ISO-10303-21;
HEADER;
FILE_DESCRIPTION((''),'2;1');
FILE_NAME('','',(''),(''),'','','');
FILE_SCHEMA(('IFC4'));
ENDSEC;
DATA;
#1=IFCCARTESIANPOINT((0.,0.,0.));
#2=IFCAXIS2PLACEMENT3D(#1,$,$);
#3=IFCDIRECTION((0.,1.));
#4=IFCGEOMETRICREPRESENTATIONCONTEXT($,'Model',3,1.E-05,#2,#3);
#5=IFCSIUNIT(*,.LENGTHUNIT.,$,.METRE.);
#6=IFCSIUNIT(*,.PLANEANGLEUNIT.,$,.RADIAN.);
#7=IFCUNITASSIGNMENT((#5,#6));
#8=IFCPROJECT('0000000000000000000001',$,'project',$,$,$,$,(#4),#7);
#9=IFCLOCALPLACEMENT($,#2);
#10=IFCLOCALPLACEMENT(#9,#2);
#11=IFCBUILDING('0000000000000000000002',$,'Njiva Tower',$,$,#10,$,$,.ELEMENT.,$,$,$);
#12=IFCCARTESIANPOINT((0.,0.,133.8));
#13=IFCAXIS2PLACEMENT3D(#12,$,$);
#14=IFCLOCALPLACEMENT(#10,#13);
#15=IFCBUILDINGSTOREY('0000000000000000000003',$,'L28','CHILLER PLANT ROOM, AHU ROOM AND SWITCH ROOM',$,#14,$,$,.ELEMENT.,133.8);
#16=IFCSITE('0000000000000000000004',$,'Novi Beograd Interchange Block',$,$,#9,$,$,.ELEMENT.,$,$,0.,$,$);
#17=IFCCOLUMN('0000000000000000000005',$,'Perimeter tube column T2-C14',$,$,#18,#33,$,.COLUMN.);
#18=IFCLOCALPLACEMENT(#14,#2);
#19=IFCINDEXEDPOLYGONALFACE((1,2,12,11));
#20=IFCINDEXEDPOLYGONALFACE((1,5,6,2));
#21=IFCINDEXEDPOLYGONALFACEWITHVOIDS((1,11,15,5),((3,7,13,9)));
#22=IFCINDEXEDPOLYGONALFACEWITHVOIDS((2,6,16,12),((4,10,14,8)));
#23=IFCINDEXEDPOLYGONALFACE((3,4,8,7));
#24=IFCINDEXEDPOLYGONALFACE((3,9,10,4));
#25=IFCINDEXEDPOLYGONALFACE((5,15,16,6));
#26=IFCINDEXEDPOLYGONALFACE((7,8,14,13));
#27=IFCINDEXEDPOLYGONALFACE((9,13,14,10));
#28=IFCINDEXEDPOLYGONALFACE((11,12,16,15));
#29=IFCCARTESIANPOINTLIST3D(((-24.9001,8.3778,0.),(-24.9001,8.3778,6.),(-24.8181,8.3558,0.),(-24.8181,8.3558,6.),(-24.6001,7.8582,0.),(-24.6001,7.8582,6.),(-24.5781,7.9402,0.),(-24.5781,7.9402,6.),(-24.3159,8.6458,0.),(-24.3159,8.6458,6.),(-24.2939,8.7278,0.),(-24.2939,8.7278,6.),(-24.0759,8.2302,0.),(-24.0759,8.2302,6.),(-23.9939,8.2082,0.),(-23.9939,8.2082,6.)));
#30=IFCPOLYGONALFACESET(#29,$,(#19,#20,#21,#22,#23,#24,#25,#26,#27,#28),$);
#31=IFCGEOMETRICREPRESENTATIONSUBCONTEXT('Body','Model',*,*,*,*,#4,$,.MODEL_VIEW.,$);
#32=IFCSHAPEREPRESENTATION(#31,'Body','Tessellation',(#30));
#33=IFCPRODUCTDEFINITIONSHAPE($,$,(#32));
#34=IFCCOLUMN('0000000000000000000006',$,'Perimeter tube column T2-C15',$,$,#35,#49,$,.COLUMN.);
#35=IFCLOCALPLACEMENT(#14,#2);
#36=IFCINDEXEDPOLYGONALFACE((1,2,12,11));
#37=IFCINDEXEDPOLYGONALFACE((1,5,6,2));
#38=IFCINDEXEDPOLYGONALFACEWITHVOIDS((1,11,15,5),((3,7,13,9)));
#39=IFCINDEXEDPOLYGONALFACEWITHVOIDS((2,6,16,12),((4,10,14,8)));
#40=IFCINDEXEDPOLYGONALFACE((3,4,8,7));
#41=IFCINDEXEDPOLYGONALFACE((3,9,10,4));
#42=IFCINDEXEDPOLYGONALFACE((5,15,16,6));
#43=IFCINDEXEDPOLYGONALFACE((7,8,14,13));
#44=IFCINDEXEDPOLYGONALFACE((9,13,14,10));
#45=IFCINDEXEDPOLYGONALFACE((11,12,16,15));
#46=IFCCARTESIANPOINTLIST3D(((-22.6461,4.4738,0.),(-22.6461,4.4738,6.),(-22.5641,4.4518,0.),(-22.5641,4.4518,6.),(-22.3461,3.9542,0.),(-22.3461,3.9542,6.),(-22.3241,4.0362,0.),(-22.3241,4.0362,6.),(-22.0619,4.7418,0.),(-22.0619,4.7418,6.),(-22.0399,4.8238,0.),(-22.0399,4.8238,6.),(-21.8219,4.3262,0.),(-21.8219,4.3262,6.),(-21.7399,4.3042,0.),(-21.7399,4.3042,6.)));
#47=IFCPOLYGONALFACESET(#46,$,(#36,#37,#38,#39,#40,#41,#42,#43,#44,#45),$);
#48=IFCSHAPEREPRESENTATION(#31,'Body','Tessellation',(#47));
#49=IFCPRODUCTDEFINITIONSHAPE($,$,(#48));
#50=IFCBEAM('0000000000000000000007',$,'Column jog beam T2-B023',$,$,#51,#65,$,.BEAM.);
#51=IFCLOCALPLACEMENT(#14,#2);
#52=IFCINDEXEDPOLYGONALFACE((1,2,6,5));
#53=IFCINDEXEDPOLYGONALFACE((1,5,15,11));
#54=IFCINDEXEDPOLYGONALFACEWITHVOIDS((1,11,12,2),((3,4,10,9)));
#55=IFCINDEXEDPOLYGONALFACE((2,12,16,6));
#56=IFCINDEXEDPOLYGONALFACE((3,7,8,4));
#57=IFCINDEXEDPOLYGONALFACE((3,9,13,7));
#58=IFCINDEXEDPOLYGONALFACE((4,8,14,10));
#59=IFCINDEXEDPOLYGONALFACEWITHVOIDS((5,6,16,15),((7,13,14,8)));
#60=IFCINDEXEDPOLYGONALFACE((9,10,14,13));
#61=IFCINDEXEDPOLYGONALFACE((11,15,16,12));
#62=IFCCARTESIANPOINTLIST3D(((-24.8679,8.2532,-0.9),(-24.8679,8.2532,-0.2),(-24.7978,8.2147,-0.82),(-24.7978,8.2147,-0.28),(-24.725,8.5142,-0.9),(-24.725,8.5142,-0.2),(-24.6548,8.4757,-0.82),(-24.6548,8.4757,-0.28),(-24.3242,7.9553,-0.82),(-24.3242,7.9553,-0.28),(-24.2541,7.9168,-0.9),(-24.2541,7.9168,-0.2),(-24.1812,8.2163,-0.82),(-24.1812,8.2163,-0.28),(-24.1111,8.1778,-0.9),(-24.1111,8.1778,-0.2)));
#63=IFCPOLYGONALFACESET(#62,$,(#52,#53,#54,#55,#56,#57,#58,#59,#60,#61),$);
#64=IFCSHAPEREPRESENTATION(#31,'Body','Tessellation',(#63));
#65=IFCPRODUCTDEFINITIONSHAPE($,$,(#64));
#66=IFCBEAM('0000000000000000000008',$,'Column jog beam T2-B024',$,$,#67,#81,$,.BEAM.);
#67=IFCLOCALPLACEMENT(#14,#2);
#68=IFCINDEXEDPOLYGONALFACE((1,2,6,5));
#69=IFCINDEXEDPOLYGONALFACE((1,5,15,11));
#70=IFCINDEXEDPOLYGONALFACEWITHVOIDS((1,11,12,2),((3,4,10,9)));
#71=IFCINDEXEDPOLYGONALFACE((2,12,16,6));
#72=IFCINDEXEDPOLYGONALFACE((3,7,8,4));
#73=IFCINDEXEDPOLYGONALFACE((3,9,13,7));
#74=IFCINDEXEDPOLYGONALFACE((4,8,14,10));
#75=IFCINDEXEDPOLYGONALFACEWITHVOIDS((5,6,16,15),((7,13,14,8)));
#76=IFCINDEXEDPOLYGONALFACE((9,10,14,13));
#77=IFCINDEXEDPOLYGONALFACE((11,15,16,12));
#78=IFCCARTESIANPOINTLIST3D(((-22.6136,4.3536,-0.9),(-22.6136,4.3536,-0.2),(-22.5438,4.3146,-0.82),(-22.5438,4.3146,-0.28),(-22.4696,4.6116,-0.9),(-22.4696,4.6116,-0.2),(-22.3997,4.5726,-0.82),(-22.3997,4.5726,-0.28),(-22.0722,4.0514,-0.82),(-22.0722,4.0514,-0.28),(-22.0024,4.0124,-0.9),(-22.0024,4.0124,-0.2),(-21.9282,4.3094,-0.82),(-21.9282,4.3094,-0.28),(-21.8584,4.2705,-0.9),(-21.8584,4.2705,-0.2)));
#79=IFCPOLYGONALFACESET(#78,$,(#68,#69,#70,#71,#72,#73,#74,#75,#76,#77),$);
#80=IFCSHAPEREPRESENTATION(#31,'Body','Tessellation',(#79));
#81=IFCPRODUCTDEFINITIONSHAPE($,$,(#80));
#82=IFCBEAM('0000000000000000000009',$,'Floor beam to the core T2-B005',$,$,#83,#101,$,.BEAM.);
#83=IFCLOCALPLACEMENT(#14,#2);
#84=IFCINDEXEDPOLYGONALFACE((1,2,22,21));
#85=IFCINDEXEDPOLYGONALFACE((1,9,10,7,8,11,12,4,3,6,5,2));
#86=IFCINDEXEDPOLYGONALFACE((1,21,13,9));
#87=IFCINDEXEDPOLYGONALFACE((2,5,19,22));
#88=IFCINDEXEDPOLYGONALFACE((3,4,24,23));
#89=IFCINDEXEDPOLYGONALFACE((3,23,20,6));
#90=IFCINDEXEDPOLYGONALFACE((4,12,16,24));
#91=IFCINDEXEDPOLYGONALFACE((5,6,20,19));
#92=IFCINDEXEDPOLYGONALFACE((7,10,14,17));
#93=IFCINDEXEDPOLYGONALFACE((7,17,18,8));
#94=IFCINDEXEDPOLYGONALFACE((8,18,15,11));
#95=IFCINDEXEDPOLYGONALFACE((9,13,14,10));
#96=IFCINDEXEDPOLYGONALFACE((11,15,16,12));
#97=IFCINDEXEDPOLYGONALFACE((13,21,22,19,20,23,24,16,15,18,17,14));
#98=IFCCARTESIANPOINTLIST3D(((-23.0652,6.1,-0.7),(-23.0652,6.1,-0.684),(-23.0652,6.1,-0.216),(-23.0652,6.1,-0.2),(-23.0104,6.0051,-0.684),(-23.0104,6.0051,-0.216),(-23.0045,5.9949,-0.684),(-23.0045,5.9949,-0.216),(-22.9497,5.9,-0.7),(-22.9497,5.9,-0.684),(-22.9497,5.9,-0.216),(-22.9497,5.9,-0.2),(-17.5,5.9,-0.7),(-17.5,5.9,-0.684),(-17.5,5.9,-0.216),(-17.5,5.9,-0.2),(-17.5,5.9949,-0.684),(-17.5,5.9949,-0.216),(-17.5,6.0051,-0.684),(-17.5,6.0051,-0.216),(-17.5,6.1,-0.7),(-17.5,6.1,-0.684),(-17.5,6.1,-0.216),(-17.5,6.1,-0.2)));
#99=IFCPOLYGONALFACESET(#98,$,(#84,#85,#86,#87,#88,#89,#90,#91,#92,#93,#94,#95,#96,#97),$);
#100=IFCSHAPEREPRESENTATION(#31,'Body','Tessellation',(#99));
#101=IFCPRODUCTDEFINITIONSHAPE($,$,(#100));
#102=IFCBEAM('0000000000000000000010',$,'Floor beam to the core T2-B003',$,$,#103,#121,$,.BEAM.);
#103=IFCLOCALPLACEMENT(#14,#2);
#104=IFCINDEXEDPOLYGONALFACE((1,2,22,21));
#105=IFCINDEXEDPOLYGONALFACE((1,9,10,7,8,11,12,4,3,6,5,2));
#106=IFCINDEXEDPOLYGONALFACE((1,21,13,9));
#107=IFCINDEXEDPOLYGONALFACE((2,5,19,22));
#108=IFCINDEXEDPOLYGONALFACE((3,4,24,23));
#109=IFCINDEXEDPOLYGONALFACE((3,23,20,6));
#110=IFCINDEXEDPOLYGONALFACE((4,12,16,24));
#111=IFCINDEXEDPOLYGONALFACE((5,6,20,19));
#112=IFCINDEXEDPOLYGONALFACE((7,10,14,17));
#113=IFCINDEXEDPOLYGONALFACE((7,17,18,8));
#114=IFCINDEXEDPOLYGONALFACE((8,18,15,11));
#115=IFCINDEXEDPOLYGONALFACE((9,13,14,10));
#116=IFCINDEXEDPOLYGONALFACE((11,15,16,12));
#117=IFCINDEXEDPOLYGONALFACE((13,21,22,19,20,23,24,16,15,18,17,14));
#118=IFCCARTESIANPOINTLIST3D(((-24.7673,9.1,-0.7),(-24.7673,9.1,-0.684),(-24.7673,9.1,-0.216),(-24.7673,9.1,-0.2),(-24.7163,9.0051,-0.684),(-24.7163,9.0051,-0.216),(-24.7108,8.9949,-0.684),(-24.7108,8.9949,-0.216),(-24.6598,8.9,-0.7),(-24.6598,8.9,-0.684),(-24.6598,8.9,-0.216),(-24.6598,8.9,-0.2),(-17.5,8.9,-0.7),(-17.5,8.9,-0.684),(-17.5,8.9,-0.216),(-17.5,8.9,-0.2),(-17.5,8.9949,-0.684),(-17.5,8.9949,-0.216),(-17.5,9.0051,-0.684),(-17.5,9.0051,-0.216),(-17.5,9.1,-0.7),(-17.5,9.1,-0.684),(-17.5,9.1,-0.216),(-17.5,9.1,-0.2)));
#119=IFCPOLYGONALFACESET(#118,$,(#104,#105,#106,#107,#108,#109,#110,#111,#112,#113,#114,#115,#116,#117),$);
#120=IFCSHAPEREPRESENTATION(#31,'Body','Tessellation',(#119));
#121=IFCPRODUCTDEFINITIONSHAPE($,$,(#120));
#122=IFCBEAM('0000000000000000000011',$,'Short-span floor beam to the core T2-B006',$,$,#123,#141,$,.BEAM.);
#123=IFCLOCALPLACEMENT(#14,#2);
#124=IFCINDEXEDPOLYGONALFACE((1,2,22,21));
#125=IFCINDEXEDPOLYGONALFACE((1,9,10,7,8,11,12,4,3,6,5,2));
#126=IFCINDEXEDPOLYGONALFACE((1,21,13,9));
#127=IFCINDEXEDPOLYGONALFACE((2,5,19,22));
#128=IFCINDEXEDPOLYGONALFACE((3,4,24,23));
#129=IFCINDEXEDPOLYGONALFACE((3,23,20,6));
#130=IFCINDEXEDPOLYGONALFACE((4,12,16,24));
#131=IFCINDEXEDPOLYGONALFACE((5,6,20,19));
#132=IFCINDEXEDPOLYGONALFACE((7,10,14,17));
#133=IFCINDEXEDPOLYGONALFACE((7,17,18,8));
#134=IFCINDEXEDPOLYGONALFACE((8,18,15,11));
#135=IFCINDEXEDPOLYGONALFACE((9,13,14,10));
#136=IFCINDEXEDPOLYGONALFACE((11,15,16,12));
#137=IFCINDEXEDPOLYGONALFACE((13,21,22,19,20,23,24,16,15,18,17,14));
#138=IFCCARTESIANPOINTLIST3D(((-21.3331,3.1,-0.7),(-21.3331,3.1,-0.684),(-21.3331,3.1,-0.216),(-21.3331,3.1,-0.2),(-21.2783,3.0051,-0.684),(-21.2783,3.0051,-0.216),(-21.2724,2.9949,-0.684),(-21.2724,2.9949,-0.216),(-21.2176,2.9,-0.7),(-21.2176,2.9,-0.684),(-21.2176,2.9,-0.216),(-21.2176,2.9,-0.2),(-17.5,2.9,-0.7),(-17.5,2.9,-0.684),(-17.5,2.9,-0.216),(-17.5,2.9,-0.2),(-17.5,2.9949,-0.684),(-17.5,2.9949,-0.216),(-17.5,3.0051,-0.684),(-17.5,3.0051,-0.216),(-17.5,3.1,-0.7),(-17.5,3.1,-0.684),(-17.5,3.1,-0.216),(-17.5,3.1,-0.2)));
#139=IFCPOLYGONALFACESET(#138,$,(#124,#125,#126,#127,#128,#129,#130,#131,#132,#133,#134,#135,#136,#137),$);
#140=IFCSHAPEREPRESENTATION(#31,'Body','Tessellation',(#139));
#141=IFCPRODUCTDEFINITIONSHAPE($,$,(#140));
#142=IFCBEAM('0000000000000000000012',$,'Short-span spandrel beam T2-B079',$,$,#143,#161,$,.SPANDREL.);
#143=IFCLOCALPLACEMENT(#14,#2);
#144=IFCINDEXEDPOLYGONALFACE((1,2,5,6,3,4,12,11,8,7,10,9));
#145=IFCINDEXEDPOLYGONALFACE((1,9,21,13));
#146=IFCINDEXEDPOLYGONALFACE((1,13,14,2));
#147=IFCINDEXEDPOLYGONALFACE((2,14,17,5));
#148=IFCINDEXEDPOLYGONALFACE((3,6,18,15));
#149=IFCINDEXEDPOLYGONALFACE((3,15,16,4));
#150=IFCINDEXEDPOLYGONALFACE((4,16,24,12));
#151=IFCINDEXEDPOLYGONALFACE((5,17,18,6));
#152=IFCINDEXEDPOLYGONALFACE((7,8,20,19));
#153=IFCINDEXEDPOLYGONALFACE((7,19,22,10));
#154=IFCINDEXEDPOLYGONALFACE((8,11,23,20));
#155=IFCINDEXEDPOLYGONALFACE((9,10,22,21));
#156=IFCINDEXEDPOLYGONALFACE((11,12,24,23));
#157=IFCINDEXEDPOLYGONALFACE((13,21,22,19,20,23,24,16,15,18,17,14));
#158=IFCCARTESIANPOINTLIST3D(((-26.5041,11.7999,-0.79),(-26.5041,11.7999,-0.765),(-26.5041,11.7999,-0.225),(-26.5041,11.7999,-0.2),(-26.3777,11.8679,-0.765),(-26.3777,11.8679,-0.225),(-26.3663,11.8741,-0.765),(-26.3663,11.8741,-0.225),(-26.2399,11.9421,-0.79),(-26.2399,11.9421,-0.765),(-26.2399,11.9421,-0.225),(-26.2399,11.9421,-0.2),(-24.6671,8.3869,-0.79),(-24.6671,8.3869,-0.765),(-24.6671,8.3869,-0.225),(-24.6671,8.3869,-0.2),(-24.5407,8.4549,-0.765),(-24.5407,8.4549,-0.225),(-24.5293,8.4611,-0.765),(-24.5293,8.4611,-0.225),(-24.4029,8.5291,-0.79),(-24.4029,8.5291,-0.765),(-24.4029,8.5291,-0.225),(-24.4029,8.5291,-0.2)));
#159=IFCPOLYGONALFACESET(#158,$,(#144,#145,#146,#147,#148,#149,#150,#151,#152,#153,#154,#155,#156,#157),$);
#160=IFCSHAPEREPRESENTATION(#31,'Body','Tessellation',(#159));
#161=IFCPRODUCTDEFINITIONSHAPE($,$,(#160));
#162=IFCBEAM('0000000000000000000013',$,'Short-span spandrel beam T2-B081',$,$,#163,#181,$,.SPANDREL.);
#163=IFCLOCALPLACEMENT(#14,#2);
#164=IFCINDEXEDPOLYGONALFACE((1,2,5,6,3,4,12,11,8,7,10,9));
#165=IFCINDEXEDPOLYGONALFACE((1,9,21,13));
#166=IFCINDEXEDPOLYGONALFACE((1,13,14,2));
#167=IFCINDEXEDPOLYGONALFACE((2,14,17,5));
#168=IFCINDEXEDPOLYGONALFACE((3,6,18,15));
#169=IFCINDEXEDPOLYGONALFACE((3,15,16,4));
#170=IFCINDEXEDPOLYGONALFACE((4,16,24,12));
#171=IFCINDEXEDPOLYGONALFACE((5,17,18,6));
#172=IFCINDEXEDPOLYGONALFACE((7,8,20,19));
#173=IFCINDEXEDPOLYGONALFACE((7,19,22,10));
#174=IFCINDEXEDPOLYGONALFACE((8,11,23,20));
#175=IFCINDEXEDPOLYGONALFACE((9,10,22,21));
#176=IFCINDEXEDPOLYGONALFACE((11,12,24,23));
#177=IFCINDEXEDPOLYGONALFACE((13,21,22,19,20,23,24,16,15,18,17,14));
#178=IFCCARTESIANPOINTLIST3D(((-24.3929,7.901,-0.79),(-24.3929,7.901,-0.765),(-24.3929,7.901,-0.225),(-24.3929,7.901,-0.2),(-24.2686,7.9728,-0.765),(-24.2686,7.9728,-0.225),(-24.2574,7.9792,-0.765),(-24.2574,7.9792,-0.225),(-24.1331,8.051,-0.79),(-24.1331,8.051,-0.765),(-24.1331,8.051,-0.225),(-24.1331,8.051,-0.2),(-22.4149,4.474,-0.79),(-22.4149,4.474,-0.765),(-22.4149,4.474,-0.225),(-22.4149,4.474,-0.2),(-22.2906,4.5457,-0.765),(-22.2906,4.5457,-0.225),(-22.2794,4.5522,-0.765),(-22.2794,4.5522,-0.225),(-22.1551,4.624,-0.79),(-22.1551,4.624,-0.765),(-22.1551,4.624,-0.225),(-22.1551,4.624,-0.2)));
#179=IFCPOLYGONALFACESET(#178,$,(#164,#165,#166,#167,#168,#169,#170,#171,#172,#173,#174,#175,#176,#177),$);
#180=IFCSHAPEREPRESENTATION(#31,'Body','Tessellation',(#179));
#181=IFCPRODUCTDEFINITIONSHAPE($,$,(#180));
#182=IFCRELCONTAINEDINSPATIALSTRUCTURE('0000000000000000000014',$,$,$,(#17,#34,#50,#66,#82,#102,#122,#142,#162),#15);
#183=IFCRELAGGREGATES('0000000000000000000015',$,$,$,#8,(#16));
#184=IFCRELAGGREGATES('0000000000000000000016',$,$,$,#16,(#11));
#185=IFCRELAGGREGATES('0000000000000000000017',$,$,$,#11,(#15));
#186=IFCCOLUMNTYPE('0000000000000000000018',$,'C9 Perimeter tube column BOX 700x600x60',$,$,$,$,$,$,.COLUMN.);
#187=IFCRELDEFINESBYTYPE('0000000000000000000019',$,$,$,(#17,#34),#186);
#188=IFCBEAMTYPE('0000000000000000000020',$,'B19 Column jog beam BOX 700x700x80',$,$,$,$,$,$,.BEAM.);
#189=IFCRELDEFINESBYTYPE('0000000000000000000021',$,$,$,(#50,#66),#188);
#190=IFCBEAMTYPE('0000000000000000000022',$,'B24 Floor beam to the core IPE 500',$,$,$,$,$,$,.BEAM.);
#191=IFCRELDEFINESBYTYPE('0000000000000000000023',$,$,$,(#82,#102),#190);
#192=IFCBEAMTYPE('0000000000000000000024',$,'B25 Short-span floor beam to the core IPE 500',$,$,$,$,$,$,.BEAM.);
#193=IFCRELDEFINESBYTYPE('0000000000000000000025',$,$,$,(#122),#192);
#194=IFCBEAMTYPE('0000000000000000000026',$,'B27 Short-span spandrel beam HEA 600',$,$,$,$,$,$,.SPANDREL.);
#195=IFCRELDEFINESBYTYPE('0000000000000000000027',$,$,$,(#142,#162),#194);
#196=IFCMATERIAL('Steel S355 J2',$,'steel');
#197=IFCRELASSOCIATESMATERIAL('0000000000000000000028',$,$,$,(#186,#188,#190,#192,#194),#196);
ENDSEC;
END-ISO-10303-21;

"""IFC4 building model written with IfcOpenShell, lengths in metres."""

from ifc_helpers import new_model, si_unit, direction, frame, origin, origin_2d, place, context, subcontext, project, spatial, hollow_rectangle, i_section, extrude, clip, halfspace, material, material_profile, profile_set, type_object, element, save


model = new_model("IFC4")

# Units and contexts
model_context = context("Model", 3, precision=1e-05, world=origin(), true_north=direction((0.0, 1.0)))
body_context = subcontext(model_context, "Body", "Model", "MODEL_VIEW")
ifc_project = project(units=[si_unit("LENGTHUNIT", "METRE"), si_unit("PLANEANGLEUNIT", "RADIAN")], contexts=[model_context])

# Site, building, storey
site_placement = place(None, origin())
site = spatial("IfcSite", under=ifc_project, at=site_placement, Name="Novi Beograd Interchange Block", CompositionType="ELEMENT", RefElevation=0.0)
building_placement = place(site_placement, origin())
building = spatial("IfcBuilding", under=site, at=building_placement, Name="Njiva Tower", CompositionType="ELEMENT")
storey_placement = place(building_placement, frame((0.0, 0.0, 133.8)))
storey = spatial("IfcBuildingStorey", under=building, at=storey_placement, Name="L28", Description="CHILLER PLANT ROOM, AHU ROOM AND SWITCH ROOM", CompositionType="ELEMENT", Elevation=133.8)

# Columns
ifc_material_1 = material(Name="Steel S355 J2", Category="steel")
ifc_material_profile_1 = material_profile(ifc_material_1, hollow_rectangle(XDim=0.6, YDim=0.7, WallThickness=0.06, at=origin_2d()), Name="BOX 700x600x60")
ifc_profile_set_1 = profile_set([ifc_material_profile_1], Name="Steel S355 J2")
column_type = type_object("IfcColumnType", Name="C9 Perimeter tube column BOX 700x600x60", PredefinedType="COLUMN", material=ifc_profile_set_1)
for number, where, z_axis, x_axis, name in (
    (1, (-24.447, 8.293, 0.0), (0.0, 0.0, 1.0), (0.5, -0.866025, 0.0), "Perimeter tube column T2-C14"),
    (2, (-22.193, 4.389, 0.0), (0.0, 0.0, 1.0), (0.5, -0.866025, 0.0), "Perimeter tube column T2-C15"),
):
    element("IfcColumn", number, at=place(storey_placement, frame(where, z_axis=z_axis, x_axis=x_axis)), inside=storey, type_object=column_type, Name=name, PredefinedType="COLUMN", context=body_context, shape_type="SweptSolid", body=[
        extrude(hollow_rectangle(XDim=0.6, YDim=0.7, WallThickness=0.06, at=origin_2d()), origin(), (0.0, 0.0, 1.0), 6.0),
    ])

# Beams
ifc_material_profile_2 = material_profile(ifc_material_1, hollow_rectangle(XDim=0.7, YDim=0.7, WallThickness=0.08, at=origin_2d()), Name="BOX 700x700x80")
ifc_profile_set_2 = profile_set([ifc_material_profile_2], Name="Steel S355 J2")
beam_type_1 = type_object("IfcBeamType", Name="B19 Column jog beam BOX 700x700x80", PredefinedType="BEAM", material=ifc_profile_set_2)
beam_1_placement = place(storey_placement, frame((-24.561, 8.085, -0.55), z_axis=(0.480499, 0.876995, 0.0), x_axis=(-0.876995, 0.480499, 0.0)))
element("IfcBeam", 3, at=beam_1_placement, inside=storey, type_object=beam_type_1, Name="Column jog beam T2-B023", PredefinedType="BEAM", context=body_context, shape_type="SweptSolid", body=[
    extrude(hollow_rectangle(XDim=0.7, YDim=0.7, WallThickness=0.08, at=origin_2d()), origin(), (0.0, 0.0, 1.0), 0.2976),
])
beam_2_placement = place(storey_placement, frame((-22.308, 4.183, -0.55), z_axis=(0.487366, 0.873198, 0.0), x_axis=(-0.873198, 0.487366, 0.0)))
element("IfcBeam", 4, at=beam_2_placement, inside=storey, type_object=beam_type_1, Name="Column jog beam T2-B024", PredefinedType="BEAM", context=body_context, shape_type="SweptSolid", body=[
    extrude(hollow_rectangle(XDim=0.7, YDim=0.7, WallThickness=0.08, at=origin_2d()), origin(), (0.0, 0.0, 1.0), 0.2955),
])
ifc_material_profile_3 = material_profile(ifc_material_1, i_section(OverallWidth=0.2, OverallDepth=0.5, WebThickness=0.0102, FlangeThickness=0.016, at=origin_2d()), Name="IPE 500")
ifc_profile_set_3 = profile_set([ifc_material_profile_3], Name="Steel S355 J2")
beam_type_2 = type_object("IfcBeamType", Name="B24 Floor beam to the core IPE 500", PredefinedType="BEAM", material=ifc_profile_set_3)
beam_3_placement = place(storey_placement, frame((-23.085, 6.0, -0.45), z_axis=(1.0, 0.0, 0.0), x_axis=(0.0, 1.0, 0.0)))
element("IfcBeam", 5, at=beam_3_placement, inside=storey, type_object=beam_type_2, Name="Floor beam to the core T2-B005", PredefinedType="BEAM", context=body_context, shape_type="Clipping", body=[
    clip(extrude(i_section(OverallWidth=0.2, OverallDepth=0.5, WebThickness=0.0102, FlangeThickness=0.016, at=origin_2d()), origin(), (0.0, 0.0, 1.0), 5.585), halfspace(frame((-0.025, 0.0, 0.092), z_axis=(-0.499998, 0.0, -0.866027), x_axis=(0.0, -1.0, 0.0)), False)),
])
beam_4_placement = place(storey_placement, frame((-24.788, 9.0, -0.45), z_axis=(1.0, 0.0, 0.0), x_axis=(0.0, 1.0, 0.0)))
element("IfcBeam", 6, at=beam_4_placement, inside=storey, type_object=beam_type_2, Name="Floor beam to the core T2-B003", PredefinedType="BEAM", context=body_context, shape_type="Clipping", body=[
    clip(extrude(i_section(OverallWidth=0.2, OverallDepth=0.5, WebThickness=0.0102, FlangeThickness=0.016, at=origin_2d()), origin(), (0.0, 0.0, 1.0), 7.288), halfspace(frame((-0.0237, 0.0, 0.0872), z_axis=(-0.473777, 0.0, -0.880645), x_axis=(0.0, -1.0, 0.0)), False)),
])
ifc_material_profile_4 = material_profile(ifc_material_1, i_section(OverallWidth=0.2, OverallDepth=0.5, WebThickness=0.0102, FlangeThickness=0.016, at=origin_2d()), Name="IPE 500")
ifc_profile_set_4 = profile_set([ifc_material_profile_4], Name="Steel S355 J2")
beam_type_3 = type_object("IfcBeamType", Name="B25 Short-span floor beam to the core IPE 500", PredefinedType="BEAM", material=ifc_profile_set_4)
beam_5_placement = place(storey_placement, frame((-21.353, 3.0, -0.45), z_axis=(1.0, 0.0, 0.0), x_axis=(0.0, 1.0, 0.0)))
element("IfcBeam", 7, at=beam_5_placement, inside=storey, type_object=beam_type_3, Name="Short-span floor beam to the core T2-B006", PredefinedType="BEAM", context=body_context, shape_type="Clipping", body=[
    clip(extrude(i_section(OverallWidth=0.2, OverallDepth=0.5, WebThickness=0.0102, FlangeThickness=0.016, at=origin_2d()), origin(), (0.0, 0.0, 1.0), 3.853), halfspace(frame((-0.025, 0.0, 0.0921), z_axis=(-0.499998, 0.0, -0.866027), x_axis=(0.0, -1.0, 0.0)), False)),
])
ifc_material_profile_5 = material_profile(ifc_material_1, i_section(OverallWidth=0.3, OverallDepth=0.59, WebThickness=0.013, FlangeThickness=0.025, at=origin_2d()), Name="HEA 600")
ifc_profile_set_5 = profile_set([ifc_material_profile_5], Name="Steel S355 J2")
beam_type_4 = type_object("IfcBeamType", Name="B27 Short-span spandrel beam HEA 600", PredefinedType="SPANDREL", material=ifc_profile_set_5)
beam_6_placement = place(storey_placement, frame((-26.372, 11.871, -0.495), z_axis=(0.473946, -0.880554, 0.0), x_axis=(0.880554, 0.473946, 0.0)))
element("IfcBeam", 8, at=beam_6_placement, inside=storey, type_object=beam_type_4, Name="Short-span spandrel beam T2-B079", PredefinedType="SPANDREL", context=body_context, shape_type="SweptSolid", body=[
    extrude(i_section(OverallWidth=0.3, OverallDepth=0.59, WebThickness=0.013, FlangeThickness=0.025, at=origin_2d()), origin(), (0.0, 0.0, 1.0), 3.876),
])
beam_7_placement = place(storey_placement, frame((-24.263, 7.976, -0.495), z_axis=(0.49989, -0.866089, 0.0), x_axis=(0.866089, 0.49989, 0.0)))
element("IfcBeam", 9, at=beam_7_placement, inside=storey, type_object=beam_type_4, Name="Short-span spandrel beam T2-B081", PredefinedType="SPANDREL", context=body_context, shape_type="SweptSolid", body=[
    extrude(i_section(OverallWidth=0.3, OverallDepth=0.59, WebThickness=0.013, FlangeThickness=0.025, at=origin_2d()), origin(), (0.0, 0.0, 1.0), 3.9569),
])

save(model, "model.ifc")
